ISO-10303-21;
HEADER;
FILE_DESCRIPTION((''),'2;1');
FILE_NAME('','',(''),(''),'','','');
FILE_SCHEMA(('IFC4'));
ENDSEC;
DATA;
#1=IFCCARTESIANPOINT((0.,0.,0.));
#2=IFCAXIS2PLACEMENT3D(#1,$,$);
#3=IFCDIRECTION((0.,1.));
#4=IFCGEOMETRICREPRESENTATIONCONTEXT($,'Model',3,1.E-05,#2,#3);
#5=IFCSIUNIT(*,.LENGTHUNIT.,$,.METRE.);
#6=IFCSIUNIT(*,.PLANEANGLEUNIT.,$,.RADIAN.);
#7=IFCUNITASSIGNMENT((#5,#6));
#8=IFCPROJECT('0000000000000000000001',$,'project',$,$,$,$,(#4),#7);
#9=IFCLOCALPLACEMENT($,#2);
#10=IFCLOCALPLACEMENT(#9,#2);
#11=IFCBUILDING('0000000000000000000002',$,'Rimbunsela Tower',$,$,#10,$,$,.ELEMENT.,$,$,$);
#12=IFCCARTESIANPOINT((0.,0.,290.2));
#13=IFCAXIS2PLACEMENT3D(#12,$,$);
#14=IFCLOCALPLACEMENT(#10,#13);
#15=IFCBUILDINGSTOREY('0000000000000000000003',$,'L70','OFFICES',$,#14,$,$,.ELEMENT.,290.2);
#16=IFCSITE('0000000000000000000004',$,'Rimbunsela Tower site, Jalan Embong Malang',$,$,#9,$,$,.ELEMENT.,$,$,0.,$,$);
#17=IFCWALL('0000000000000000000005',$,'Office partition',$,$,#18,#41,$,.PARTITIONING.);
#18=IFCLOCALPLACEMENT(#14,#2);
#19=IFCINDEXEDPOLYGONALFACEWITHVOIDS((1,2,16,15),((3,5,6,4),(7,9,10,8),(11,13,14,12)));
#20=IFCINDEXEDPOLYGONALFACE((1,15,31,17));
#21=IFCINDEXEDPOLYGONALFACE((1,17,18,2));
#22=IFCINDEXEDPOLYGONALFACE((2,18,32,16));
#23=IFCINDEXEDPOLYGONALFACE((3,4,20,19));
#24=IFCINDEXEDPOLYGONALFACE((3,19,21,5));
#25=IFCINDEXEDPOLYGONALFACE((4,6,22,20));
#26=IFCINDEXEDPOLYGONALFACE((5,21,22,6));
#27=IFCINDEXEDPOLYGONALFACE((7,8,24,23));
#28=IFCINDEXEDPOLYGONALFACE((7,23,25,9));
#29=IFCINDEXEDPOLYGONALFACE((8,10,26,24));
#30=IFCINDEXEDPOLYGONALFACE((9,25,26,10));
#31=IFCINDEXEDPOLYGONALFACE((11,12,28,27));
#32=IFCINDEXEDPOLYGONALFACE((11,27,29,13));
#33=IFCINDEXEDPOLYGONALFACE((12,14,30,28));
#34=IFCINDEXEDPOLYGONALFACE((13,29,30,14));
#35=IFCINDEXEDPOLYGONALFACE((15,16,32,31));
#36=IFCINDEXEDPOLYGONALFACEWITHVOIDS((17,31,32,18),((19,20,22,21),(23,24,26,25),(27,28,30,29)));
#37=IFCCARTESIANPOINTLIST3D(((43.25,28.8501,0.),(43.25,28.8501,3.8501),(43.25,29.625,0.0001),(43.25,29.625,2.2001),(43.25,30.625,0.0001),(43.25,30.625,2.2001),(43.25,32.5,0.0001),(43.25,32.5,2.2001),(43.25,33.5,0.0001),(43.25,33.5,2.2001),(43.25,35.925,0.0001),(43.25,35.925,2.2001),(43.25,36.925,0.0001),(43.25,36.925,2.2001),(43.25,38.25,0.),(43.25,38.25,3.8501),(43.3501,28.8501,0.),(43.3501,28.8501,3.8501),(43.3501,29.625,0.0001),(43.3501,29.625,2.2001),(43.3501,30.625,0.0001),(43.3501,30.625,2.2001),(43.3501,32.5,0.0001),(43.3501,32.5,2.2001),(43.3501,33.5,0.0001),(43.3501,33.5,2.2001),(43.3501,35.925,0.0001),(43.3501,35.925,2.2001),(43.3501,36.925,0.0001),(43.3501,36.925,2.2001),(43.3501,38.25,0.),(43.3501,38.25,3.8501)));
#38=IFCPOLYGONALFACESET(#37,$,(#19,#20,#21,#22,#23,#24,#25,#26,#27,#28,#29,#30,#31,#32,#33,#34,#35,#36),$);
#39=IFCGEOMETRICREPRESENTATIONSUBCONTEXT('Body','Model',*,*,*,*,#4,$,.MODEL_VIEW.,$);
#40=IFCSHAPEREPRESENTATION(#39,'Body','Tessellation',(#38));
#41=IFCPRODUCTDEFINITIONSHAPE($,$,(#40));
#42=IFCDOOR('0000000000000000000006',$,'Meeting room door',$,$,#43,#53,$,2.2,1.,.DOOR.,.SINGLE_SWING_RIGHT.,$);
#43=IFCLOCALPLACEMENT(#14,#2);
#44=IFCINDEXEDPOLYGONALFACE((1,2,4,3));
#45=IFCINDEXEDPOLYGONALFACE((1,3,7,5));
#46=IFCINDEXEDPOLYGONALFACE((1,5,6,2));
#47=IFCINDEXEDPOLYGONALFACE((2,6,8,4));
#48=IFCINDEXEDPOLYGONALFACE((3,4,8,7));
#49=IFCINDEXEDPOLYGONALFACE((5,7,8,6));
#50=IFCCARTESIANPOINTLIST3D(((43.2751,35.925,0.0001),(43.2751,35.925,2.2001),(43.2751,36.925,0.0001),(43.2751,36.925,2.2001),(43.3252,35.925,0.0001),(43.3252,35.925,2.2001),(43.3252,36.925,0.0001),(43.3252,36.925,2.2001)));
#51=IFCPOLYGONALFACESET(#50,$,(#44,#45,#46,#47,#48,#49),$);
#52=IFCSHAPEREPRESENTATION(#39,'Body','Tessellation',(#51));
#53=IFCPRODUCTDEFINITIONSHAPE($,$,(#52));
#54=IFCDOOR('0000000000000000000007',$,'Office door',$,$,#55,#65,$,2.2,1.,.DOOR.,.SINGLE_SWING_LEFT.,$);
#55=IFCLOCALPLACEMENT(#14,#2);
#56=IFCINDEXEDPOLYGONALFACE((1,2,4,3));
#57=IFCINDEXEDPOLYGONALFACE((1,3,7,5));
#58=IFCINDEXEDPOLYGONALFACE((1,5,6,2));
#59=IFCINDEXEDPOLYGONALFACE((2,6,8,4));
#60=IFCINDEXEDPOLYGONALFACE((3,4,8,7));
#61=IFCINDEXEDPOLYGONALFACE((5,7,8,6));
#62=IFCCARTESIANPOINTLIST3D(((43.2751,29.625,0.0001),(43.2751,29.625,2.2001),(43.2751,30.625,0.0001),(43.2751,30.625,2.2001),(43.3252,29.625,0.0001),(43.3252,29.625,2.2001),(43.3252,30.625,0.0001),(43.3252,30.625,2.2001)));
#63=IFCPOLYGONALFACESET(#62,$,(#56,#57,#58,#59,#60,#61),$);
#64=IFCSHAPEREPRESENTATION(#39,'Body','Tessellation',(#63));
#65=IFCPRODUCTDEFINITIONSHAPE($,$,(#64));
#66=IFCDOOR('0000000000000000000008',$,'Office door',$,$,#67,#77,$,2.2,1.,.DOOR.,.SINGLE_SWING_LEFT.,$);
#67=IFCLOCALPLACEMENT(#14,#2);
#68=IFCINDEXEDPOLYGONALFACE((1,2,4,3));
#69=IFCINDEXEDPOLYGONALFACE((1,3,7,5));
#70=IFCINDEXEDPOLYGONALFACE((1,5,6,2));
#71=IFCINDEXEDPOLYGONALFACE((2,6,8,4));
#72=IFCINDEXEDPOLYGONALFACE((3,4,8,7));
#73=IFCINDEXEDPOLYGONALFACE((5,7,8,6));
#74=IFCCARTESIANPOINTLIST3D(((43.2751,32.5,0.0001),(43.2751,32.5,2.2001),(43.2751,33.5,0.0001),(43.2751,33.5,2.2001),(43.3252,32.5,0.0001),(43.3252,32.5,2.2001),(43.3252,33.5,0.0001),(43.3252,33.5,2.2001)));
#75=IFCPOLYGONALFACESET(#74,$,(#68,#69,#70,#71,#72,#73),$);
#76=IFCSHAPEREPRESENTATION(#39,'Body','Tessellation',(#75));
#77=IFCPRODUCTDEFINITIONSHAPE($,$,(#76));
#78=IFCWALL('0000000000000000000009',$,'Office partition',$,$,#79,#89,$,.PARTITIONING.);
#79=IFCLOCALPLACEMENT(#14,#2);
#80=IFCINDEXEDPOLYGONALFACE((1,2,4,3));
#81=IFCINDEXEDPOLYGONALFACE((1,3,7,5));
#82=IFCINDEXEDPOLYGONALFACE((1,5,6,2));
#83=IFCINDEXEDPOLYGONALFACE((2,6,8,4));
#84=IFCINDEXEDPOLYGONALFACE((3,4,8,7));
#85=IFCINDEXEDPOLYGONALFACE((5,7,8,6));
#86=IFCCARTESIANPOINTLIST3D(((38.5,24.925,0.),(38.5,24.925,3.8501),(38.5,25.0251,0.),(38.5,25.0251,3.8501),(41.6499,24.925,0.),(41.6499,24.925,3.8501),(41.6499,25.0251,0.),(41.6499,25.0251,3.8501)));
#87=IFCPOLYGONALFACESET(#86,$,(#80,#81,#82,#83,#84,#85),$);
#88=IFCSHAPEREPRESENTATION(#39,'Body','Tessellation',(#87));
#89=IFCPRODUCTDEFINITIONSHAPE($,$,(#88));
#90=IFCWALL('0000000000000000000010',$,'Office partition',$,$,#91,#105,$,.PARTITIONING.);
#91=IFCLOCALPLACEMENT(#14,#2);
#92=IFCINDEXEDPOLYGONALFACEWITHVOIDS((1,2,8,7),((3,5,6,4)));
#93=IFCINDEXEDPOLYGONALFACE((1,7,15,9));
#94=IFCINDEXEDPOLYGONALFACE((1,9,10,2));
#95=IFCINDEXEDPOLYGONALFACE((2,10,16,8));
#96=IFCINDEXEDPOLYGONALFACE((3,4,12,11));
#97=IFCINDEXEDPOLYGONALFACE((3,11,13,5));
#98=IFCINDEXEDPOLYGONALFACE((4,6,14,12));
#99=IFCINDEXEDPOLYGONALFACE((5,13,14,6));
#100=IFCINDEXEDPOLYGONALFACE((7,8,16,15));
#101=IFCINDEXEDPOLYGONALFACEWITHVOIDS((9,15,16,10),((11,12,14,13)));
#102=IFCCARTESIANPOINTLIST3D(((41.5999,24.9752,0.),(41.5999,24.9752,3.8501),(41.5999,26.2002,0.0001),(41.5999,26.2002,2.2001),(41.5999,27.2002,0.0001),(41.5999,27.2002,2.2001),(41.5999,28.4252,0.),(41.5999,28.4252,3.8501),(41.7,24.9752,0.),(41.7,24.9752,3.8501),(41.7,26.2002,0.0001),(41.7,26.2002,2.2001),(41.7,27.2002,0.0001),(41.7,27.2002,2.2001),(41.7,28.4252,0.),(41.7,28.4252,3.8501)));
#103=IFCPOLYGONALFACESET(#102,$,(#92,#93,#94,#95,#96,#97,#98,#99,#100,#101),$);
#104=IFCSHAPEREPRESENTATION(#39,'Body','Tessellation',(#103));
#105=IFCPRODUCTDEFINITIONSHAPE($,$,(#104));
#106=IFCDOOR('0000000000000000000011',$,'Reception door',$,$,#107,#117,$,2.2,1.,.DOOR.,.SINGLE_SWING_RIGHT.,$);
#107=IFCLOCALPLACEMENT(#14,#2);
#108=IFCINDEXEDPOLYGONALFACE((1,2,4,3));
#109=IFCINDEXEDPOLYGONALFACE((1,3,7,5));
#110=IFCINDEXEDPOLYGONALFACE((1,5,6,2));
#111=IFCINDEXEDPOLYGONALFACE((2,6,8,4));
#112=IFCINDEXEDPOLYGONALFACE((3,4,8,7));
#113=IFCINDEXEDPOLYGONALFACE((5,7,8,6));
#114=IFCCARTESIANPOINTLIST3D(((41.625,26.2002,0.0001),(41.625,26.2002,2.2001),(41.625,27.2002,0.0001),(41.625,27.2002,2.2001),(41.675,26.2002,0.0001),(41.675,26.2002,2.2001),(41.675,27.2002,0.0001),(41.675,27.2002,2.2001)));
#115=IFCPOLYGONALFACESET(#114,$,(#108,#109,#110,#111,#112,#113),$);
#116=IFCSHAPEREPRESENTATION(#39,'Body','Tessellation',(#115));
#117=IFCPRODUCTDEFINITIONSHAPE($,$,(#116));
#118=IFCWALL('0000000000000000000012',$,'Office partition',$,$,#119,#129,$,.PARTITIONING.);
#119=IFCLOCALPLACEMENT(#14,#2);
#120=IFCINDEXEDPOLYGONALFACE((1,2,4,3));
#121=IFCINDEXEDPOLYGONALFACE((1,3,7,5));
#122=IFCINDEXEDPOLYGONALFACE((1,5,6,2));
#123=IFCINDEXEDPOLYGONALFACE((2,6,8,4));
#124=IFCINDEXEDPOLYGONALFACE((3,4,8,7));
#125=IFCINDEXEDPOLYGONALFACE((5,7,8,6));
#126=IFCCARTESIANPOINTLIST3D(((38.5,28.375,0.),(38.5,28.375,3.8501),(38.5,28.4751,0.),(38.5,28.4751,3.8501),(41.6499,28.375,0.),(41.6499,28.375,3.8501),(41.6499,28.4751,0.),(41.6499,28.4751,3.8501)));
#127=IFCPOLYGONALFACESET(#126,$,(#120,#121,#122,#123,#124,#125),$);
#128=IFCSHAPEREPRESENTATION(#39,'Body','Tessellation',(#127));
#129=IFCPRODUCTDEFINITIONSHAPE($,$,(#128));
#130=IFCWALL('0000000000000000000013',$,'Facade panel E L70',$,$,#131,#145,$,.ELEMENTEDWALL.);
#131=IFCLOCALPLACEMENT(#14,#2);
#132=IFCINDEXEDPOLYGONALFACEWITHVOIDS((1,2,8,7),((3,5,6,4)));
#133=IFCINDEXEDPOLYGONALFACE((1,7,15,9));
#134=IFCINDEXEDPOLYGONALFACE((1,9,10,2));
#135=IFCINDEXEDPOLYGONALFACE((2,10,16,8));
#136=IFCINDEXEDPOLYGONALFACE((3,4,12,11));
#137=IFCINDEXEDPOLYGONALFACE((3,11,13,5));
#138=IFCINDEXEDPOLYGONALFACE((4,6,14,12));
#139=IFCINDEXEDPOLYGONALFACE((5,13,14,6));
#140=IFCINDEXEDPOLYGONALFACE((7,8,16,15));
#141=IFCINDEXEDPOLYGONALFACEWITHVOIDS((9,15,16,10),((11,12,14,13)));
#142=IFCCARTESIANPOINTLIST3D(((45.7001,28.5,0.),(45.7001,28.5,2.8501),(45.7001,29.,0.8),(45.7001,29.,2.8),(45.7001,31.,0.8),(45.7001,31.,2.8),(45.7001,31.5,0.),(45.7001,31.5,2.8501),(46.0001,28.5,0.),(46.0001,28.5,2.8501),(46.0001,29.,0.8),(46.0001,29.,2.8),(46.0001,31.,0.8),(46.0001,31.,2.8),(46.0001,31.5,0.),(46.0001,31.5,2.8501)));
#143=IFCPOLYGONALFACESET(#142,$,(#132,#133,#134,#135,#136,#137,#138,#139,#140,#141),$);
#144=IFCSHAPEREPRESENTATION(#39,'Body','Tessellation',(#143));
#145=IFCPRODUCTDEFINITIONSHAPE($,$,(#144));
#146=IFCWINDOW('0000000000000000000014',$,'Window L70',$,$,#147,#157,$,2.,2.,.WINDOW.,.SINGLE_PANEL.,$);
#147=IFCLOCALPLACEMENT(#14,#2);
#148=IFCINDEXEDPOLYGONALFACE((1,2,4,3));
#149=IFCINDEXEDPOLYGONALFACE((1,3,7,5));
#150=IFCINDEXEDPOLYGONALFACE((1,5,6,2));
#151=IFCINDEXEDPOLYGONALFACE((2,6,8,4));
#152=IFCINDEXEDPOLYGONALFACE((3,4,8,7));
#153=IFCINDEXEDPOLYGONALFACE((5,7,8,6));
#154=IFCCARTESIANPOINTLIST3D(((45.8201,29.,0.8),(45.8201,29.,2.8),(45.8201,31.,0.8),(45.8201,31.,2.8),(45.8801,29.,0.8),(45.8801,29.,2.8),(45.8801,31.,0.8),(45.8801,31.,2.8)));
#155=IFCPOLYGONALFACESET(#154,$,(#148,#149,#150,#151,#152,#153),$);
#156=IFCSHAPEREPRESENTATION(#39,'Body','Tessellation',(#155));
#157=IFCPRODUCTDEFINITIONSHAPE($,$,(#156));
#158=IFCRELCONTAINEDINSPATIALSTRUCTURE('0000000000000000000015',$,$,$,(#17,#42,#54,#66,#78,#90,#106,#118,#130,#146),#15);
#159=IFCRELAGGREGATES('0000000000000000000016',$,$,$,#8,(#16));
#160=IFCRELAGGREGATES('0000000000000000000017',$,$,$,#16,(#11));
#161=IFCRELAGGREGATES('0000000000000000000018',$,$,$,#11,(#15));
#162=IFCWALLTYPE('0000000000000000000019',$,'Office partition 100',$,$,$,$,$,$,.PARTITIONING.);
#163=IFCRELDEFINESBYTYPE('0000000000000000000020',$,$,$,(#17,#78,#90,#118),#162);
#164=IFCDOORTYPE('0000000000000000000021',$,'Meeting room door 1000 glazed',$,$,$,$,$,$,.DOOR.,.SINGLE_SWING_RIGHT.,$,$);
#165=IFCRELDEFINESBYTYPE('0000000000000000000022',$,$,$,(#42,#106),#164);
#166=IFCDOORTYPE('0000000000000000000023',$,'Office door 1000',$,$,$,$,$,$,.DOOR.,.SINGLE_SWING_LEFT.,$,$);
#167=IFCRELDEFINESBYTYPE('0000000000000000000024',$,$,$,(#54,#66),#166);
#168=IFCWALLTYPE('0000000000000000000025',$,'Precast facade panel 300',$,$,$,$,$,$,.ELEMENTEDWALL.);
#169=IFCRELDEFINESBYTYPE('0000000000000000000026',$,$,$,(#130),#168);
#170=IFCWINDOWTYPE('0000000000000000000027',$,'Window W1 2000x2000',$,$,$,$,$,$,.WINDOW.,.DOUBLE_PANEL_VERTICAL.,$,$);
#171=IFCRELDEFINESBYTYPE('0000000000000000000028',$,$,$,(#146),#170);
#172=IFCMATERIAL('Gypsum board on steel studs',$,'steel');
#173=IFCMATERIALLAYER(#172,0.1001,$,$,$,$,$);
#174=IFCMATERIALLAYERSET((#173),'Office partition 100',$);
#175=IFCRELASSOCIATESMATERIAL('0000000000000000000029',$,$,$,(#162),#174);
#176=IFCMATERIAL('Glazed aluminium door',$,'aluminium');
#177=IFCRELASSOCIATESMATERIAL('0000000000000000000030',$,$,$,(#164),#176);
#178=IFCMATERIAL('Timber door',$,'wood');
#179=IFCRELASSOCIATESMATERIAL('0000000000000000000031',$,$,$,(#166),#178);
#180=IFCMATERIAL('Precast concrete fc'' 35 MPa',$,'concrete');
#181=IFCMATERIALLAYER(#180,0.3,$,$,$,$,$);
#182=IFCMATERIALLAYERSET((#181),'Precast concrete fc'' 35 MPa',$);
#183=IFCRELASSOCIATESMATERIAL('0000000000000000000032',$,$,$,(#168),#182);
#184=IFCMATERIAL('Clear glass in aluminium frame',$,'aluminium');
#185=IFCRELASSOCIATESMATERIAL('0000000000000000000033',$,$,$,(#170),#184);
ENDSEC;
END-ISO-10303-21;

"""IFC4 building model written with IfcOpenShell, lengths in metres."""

from ifc_helpers import new_model, si_unit, direction, frame, frame_2d, origin, place, context, subcontext, project, spatial, rectangle, extrude, material, layer, layer_set, type_object, element, fill, save


model = new_model("IFC4")

# Units and contexts
model_context = context("Model", 3, precision=1e-05, world=origin(), true_north=direction((0.0, 1.0)))
body_context = subcontext(model_context, "Body", "Model", "MODEL_VIEW")
ifc_project = project(units=[si_unit("LENGTHUNIT", "METRE"), si_unit("PLANEANGLEUNIT", "RADIAN")], contexts=[model_context])

# Site, building, storey
site_placement = place(None, origin())
site = spatial("IfcSite", under=ifc_project, at=site_placement, Name="Rimbunsela Tower site, Jalan Embong Malang", CompositionType="ELEMENT", RefElevation=0.0)
building_placement = place(site_placement, origin())
building = spatial("IfcBuilding", under=site, at=building_placement, Name="Rimbunsela Tower", CompositionType="ELEMENT")
storey_placement = place(building_placement, frame((0.0, 0.0, 290.2)))
storey = spatial("IfcBuildingStorey", under=building, at=storey_placement, Name="L70", Description="OFFICES", CompositionType="ELEMENT", Elevation=290.2)

# Shared definitions
ifc_material_1 = material(Name="Gypsum board on steel studs", Category="steel")
ifc_layer_1 = layer(ifc_material_1, 0.1001)
ifc_layer_set_1 = layer_set([ifc_layer_1], Name="Office partition 100")
wall_type_1 = type_object("IfcWallType", Name="Office partition 100", PredefinedType="PARTITIONING", material=ifc_layer_set_1)

# Wall, openings, doors
wall_1_placement = place(storey_placement, frame((43.3, 28.8501, 0.0), z_axis=(0.0, 0.0, 1.0), x_axis=(0.0, 1.0, 0.0)))
wall_1 = element("IfcWall", 1, at=wall_1_placement, inside=storey, type_object=wall_type_1, Name="Office partition", PredefinedType="PARTITIONING", context=body_context, shape_type="SweptSolid", body=[
    extrude(rectangle(XDim=9.3999, YDim=0.1001, at=frame_2d((4.7, 0.0))), origin(), (0.0, 0.0, 1.0), 3.8501),
])
opening_1_placement = place(wall_1_placement, frame((0.7749, 0.0, 0.0)))
opening_1 = element("IfcOpeningElement", 2, at=opening_1_placement, cuts=wall_1, PredefinedType="OPENING", context=body_context, shape_type="SweptSolid", body=[
    extrude(rectangle(XDim=1.0, YDim=2.2, at=frame_2d((0.5, 1.1001))), frame((0.0, 0.0601, 0.0), z_axis=(0.0, -1.0, 0.0), x_axis=(1.0, 0.0, 0.0)), (0.0, 0.0, 1.0), 0.1201),
])
opening_2_placement = place(wall_1_placement, frame((3.6499, 0.0, 0.0)))
opening_2 = element("IfcOpeningElement", 3, at=opening_2_placement, cuts=wall_1, PredefinedType="OPENING", context=body_context, shape_type="SweptSolid", body=[
    extrude(rectangle(XDim=1.0, YDim=2.2, at=frame_2d((0.5, 1.1001))), frame((0.0, 0.0601, 0.0), z_axis=(0.0, -1.0, 0.0), x_axis=(1.0, 0.0, 0.0)), (0.0, 0.0, 1.0), 0.1201),
])
opening_3_placement = place(wall_1_placement, frame((7.075, 0.0, 0.0)))
opening_3 = element("IfcOpeningElement", 4, at=opening_3_placement, cuts=wall_1, PredefinedType="OPENING", context=body_context, shape_type="SweptSolid", body=[
    extrude(rectangle(XDim=1.0, YDim=2.2, at=frame_2d((0.5, 1.1001))), frame((0.0, 0.0601, 0.0), z_axis=(0.0, -1.0, 0.0), x_axis=(1.0, 0.0, 0.0)), (0.0, 0.0, 1.0), 0.1201),
])
ifc_material_2 = material(Name="Glazed aluminium door", Category="aluminium")
door_type_1 = type_object("IfcDoorType", Name="Meeting room door 1000 glazed", OperationType="SINGLE_SWING_RIGHT", PredefinedType="DOOR", material=ifc_material_2)
door_1_placement = place(opening_3_placement, origin())
door_1 = element("IfcDoor", 5, at=door_1_placement, inside=storey, type_object=door_type_1, Name="Meeting room door", OperationType="SINGLE_SWING_RIGHT", OverallHeight=2.2, OverallWidth=1.0, PredefinedType="DOOR", context=body_context, shape_type="SweptSolid", body=[
    extrude(rectangle(XDim=1.0, YDim=2.2, at=frame_2d((0.5, 1.1001))), frame((0.0, 0.0249, 0.0), z_axis=(0.0, -1.0, 0.0), x_axis=(1.0, 0.0, 0.0)), (0.0, 0.0, 1.0), 0.05),
])
fill(opening_3, door_1)
ifc_material_3 = material(Name="Timber door", Category="wood")
door_type_2 = type_object("IfcDoorType", Name="Office door 1000", OperationType="SINGLE_SWING_LEFT", PredefinedType="DOOR", material=ifc_material_3)
door_2_placement = place(opening_1_placement, origin())
door_2 = element("IfcDoor", 6, at=door_2_placement, inside=storey, type_object=door_type_2, Name="Office door", OperationType="SINGLE_SWING_LEFT", OverallHeight=2.2, OverallWidth=1.0, PredefinedType="DOOR", context=body_context, shape_type="SweptSolid", body=[
    extrude(rectangle(XDim=1.0, YDim=2.2, at=frame_2d((0.5, 1.1001))), frame((0.0, 0.0249, 0.0), z_axis=(0.0, -1.0, 0.0), x_axis=(1.0, 0.0, 0.0)), (0.0, 0.0, 1.0), 0.05),
])
fill(opening_1, door_2)
door_3_placement = place(opening_2_placement, origin())
door_3 = element("IfcDoor", 7, at=door_3_placement, inside=storey, type_object=door_type_2, Name="Office door", OperationType="SINGLE_SWING_LEFT", OverallHeight=2.2, OverallWidth=1.0, PredefinedType="DOOR", context=body_context, shape_type="SweptSolid", body=[
    extrude(rectangle(XDim=1.0, YDim=2.2, at=frame_2d((0.5, 1.1001))), frame((0.0, 0.0249, 0.0), z_axis=(0.0, -1.0, 0.0), x_axis=(1.0, 0.0, 0.0)), (0.0, 0.0, 1.0), 0.05),
])
fill(opening_2, door_3)

# Wall
wall_2_placement = place(storey_placement, frame((38.5, 24.9751, 0.0), z_axis=(0.0, 0.0, 1.0), x_axis=(1.0, 0.0, 0.0)))
element("IfcWall", 8, at=wall_2_placement, inside=storey, type_object=wall_type_1, Name="Office partition", PredefinedType="PARTITIONING", context=body_context, shape_type="SweptSolid", body=[
    extrude(rectangle(XDim=3.1499, YDim=0.1001, at=frame_2d((1.575, 0.0))), origin(), (0.0, 0.0, 1.0), 3.8501),
])

# Wall, opening, door
wall_3_placement = place(storey_placement, frame((41.6499, 24.9751, 0.0), z_axis=(0.0, 0.0, 1.0), x_axis=(0.0, 1.0, 0.0)))
wall_3 = element("IfcWall", 9, at=wall_3_placement, inside=storey, type_object=wall_type_1, Name="Office partition", PredefinedType="PARTITIONING", context=body_context, shape_type="SweptSolid", body=[
    extrude(rectangle(XDim=3.45, YDim=0.1001, at=frame_2d((1.7251, 0.0))), origin(), (0.0, 0.0, 1.0), 3.8501),
])
opening_4_placement = place(wall_3_placement, frame((1.2251, 0.0, 0.0)))
opening_4 = element("IfcOpeningElement", 10, at=opening_4_placement, cuts=wall_3, PredefinedType="OPENING", context=body_context, shape_type="SweptSolid", body=[
    extrude(rectangle(XDim=1.0, YDim=2.2, at=frame_2d((0.5, 1.1001))), frame((0.0, 0.0601, 0.0), z_axis=(0.0, -1.0, 0.0), x_axis=(1.0, 0.0, 0.0)), (0.0, 0.0, 1.0), 0.1201),
])
door_4_placement = place(opening_4_placement, origin())
door_4 = element("IfcDoor", 11, at=door_4_placement, inside=storey, type_object=door_type_1, Name="Reception door", OperationType="SINGLE_SWING_RIGHT", OverallHeight=2.2, OverallWidth=1.0, PredefinedType="DOOR", context=body_context, shape_type="SweptSolid", body=[
    extrude(rectangle(XDim=1.0, YDim=2.2, at=frame_2d((0.5, 1.1001))), frame((0.0, 0.0249, 0.0), z_axis=(0.0, -1.0, 0.0), x_axis=(1.0, 0.0, 0.0)), (0.0, 0.0, 1.0), 0.05),
])
fill(opening_4, door_4)

# Wall
wall_4_placement = place(storey_placement, frame((41.6499, 28.425, 0.0), z_axis=(0.0, 0.0, 1.0), x_axis=(-1.0, 0.0, 0.0)))
element("IfcWall", 12, at=wall_4_placement, inside=storey, type_object=wall_type_1, Name="Office partition", PredefinedType="PARTITIONING", context=body_context, shape_type="SweptSolid", body=[
    extrude(rectangle(XDim=3.1499, YDim=0.1001, at=frame_2d((1.575, 0.0))), origin(), (0.0, 0.0, 1.0), 3.8501),
])

# Wall, opening, window
ifc_material_4 = material(Name="Precast concrete fc' 35 MPa", Category="concrete")
ifc_layer_2 = layer(ifc_material_4, 0.3)
ifc_layer_set_2 = layer_set([ifc_layer_2], Name="Precast concrete fc' 35 MPa")
wall_type_2 = type_object("IfcWallType", Name="Precast facade panel 300", PredefinedType="ELEMENTEDWALL", material=ifc_layer_set_2)
wall_5_placement = place(storey_placement, frame((45.8501, 28.5, 0.0), z_axis=(0.0, 0.0, 1.0), x_axis=(0.0, 1.0, 0.0)))
wall_5 = element("IfcWall", 13, at=wall_5_placement, inside=storey, type_object=wall_type_2, Name="Facade panel E L70", PredefinedType="ELEMENTEDWALL", context=body_context, shape_type="SweptSolid", body=[
    extrude(rectangle(XDim=3.0, YDim=0.3, at=frame_2d((1.5, 0.0))), origin(), (0.0, 0.0, 1.0), 2.8501),
])
opening_5_placement = place(wall_5_placement, frame((0.5, 0.0, 0.8)))
opening_5 = element("IfcOpeningElement", 14, at=opening_5_placement, cuts=wall_5, PredefinedType="OPENING", context=body_context, shape_type="SweptSolid", body=[
    extrude(rectangle(XDim=2.0, YDim=2.0, at=frame_2d((1.0, 1.0))), frame((0.0, 0.1599, 0.0), z_axis=(0.0, -1.0, 0.0), x_axis=(1.0, 0.0, 0.0)), (0.0, 0.0, 1.0), 0.3201),
])
ifc_material_5 = material(Name="Clear glass in aluminium frame", Category="aluminium")
window_type = type_object("IfcWindowType", Name="Window W1 2000x2000", PartitioningType="DOUBLE_PANEL_VERTICAL", PredefinedType="WINDOW", material=ifc_material_5)
window_1_placement = place(opening_5_placement, origin())
window_1 = element("IfcWindow", 15, at=window_1_placement, inside=storey, type_object=window_type, Name="Window L70", OverallHeight=2.0, OverallWidth=2.0, PartitioningType="SINGLE_PANEL", PredefinedType="WINDOW", context=body_context, shape_type="SweptSolid", body=[
    extrude(rectangle(XDim=2.0, YDim=2.0, at=frame_2d((1.0, 1.0))), frame((0.0, 0.03, 0.0), z_axis=(0.0, -1.0, 0.0), x_axis=(1.0, 0.0, 0.0)), (0.0, 0.0, 1.0), 0.0601),
])
fill(opening_5, window_1)

save(model, "model.ifc")
